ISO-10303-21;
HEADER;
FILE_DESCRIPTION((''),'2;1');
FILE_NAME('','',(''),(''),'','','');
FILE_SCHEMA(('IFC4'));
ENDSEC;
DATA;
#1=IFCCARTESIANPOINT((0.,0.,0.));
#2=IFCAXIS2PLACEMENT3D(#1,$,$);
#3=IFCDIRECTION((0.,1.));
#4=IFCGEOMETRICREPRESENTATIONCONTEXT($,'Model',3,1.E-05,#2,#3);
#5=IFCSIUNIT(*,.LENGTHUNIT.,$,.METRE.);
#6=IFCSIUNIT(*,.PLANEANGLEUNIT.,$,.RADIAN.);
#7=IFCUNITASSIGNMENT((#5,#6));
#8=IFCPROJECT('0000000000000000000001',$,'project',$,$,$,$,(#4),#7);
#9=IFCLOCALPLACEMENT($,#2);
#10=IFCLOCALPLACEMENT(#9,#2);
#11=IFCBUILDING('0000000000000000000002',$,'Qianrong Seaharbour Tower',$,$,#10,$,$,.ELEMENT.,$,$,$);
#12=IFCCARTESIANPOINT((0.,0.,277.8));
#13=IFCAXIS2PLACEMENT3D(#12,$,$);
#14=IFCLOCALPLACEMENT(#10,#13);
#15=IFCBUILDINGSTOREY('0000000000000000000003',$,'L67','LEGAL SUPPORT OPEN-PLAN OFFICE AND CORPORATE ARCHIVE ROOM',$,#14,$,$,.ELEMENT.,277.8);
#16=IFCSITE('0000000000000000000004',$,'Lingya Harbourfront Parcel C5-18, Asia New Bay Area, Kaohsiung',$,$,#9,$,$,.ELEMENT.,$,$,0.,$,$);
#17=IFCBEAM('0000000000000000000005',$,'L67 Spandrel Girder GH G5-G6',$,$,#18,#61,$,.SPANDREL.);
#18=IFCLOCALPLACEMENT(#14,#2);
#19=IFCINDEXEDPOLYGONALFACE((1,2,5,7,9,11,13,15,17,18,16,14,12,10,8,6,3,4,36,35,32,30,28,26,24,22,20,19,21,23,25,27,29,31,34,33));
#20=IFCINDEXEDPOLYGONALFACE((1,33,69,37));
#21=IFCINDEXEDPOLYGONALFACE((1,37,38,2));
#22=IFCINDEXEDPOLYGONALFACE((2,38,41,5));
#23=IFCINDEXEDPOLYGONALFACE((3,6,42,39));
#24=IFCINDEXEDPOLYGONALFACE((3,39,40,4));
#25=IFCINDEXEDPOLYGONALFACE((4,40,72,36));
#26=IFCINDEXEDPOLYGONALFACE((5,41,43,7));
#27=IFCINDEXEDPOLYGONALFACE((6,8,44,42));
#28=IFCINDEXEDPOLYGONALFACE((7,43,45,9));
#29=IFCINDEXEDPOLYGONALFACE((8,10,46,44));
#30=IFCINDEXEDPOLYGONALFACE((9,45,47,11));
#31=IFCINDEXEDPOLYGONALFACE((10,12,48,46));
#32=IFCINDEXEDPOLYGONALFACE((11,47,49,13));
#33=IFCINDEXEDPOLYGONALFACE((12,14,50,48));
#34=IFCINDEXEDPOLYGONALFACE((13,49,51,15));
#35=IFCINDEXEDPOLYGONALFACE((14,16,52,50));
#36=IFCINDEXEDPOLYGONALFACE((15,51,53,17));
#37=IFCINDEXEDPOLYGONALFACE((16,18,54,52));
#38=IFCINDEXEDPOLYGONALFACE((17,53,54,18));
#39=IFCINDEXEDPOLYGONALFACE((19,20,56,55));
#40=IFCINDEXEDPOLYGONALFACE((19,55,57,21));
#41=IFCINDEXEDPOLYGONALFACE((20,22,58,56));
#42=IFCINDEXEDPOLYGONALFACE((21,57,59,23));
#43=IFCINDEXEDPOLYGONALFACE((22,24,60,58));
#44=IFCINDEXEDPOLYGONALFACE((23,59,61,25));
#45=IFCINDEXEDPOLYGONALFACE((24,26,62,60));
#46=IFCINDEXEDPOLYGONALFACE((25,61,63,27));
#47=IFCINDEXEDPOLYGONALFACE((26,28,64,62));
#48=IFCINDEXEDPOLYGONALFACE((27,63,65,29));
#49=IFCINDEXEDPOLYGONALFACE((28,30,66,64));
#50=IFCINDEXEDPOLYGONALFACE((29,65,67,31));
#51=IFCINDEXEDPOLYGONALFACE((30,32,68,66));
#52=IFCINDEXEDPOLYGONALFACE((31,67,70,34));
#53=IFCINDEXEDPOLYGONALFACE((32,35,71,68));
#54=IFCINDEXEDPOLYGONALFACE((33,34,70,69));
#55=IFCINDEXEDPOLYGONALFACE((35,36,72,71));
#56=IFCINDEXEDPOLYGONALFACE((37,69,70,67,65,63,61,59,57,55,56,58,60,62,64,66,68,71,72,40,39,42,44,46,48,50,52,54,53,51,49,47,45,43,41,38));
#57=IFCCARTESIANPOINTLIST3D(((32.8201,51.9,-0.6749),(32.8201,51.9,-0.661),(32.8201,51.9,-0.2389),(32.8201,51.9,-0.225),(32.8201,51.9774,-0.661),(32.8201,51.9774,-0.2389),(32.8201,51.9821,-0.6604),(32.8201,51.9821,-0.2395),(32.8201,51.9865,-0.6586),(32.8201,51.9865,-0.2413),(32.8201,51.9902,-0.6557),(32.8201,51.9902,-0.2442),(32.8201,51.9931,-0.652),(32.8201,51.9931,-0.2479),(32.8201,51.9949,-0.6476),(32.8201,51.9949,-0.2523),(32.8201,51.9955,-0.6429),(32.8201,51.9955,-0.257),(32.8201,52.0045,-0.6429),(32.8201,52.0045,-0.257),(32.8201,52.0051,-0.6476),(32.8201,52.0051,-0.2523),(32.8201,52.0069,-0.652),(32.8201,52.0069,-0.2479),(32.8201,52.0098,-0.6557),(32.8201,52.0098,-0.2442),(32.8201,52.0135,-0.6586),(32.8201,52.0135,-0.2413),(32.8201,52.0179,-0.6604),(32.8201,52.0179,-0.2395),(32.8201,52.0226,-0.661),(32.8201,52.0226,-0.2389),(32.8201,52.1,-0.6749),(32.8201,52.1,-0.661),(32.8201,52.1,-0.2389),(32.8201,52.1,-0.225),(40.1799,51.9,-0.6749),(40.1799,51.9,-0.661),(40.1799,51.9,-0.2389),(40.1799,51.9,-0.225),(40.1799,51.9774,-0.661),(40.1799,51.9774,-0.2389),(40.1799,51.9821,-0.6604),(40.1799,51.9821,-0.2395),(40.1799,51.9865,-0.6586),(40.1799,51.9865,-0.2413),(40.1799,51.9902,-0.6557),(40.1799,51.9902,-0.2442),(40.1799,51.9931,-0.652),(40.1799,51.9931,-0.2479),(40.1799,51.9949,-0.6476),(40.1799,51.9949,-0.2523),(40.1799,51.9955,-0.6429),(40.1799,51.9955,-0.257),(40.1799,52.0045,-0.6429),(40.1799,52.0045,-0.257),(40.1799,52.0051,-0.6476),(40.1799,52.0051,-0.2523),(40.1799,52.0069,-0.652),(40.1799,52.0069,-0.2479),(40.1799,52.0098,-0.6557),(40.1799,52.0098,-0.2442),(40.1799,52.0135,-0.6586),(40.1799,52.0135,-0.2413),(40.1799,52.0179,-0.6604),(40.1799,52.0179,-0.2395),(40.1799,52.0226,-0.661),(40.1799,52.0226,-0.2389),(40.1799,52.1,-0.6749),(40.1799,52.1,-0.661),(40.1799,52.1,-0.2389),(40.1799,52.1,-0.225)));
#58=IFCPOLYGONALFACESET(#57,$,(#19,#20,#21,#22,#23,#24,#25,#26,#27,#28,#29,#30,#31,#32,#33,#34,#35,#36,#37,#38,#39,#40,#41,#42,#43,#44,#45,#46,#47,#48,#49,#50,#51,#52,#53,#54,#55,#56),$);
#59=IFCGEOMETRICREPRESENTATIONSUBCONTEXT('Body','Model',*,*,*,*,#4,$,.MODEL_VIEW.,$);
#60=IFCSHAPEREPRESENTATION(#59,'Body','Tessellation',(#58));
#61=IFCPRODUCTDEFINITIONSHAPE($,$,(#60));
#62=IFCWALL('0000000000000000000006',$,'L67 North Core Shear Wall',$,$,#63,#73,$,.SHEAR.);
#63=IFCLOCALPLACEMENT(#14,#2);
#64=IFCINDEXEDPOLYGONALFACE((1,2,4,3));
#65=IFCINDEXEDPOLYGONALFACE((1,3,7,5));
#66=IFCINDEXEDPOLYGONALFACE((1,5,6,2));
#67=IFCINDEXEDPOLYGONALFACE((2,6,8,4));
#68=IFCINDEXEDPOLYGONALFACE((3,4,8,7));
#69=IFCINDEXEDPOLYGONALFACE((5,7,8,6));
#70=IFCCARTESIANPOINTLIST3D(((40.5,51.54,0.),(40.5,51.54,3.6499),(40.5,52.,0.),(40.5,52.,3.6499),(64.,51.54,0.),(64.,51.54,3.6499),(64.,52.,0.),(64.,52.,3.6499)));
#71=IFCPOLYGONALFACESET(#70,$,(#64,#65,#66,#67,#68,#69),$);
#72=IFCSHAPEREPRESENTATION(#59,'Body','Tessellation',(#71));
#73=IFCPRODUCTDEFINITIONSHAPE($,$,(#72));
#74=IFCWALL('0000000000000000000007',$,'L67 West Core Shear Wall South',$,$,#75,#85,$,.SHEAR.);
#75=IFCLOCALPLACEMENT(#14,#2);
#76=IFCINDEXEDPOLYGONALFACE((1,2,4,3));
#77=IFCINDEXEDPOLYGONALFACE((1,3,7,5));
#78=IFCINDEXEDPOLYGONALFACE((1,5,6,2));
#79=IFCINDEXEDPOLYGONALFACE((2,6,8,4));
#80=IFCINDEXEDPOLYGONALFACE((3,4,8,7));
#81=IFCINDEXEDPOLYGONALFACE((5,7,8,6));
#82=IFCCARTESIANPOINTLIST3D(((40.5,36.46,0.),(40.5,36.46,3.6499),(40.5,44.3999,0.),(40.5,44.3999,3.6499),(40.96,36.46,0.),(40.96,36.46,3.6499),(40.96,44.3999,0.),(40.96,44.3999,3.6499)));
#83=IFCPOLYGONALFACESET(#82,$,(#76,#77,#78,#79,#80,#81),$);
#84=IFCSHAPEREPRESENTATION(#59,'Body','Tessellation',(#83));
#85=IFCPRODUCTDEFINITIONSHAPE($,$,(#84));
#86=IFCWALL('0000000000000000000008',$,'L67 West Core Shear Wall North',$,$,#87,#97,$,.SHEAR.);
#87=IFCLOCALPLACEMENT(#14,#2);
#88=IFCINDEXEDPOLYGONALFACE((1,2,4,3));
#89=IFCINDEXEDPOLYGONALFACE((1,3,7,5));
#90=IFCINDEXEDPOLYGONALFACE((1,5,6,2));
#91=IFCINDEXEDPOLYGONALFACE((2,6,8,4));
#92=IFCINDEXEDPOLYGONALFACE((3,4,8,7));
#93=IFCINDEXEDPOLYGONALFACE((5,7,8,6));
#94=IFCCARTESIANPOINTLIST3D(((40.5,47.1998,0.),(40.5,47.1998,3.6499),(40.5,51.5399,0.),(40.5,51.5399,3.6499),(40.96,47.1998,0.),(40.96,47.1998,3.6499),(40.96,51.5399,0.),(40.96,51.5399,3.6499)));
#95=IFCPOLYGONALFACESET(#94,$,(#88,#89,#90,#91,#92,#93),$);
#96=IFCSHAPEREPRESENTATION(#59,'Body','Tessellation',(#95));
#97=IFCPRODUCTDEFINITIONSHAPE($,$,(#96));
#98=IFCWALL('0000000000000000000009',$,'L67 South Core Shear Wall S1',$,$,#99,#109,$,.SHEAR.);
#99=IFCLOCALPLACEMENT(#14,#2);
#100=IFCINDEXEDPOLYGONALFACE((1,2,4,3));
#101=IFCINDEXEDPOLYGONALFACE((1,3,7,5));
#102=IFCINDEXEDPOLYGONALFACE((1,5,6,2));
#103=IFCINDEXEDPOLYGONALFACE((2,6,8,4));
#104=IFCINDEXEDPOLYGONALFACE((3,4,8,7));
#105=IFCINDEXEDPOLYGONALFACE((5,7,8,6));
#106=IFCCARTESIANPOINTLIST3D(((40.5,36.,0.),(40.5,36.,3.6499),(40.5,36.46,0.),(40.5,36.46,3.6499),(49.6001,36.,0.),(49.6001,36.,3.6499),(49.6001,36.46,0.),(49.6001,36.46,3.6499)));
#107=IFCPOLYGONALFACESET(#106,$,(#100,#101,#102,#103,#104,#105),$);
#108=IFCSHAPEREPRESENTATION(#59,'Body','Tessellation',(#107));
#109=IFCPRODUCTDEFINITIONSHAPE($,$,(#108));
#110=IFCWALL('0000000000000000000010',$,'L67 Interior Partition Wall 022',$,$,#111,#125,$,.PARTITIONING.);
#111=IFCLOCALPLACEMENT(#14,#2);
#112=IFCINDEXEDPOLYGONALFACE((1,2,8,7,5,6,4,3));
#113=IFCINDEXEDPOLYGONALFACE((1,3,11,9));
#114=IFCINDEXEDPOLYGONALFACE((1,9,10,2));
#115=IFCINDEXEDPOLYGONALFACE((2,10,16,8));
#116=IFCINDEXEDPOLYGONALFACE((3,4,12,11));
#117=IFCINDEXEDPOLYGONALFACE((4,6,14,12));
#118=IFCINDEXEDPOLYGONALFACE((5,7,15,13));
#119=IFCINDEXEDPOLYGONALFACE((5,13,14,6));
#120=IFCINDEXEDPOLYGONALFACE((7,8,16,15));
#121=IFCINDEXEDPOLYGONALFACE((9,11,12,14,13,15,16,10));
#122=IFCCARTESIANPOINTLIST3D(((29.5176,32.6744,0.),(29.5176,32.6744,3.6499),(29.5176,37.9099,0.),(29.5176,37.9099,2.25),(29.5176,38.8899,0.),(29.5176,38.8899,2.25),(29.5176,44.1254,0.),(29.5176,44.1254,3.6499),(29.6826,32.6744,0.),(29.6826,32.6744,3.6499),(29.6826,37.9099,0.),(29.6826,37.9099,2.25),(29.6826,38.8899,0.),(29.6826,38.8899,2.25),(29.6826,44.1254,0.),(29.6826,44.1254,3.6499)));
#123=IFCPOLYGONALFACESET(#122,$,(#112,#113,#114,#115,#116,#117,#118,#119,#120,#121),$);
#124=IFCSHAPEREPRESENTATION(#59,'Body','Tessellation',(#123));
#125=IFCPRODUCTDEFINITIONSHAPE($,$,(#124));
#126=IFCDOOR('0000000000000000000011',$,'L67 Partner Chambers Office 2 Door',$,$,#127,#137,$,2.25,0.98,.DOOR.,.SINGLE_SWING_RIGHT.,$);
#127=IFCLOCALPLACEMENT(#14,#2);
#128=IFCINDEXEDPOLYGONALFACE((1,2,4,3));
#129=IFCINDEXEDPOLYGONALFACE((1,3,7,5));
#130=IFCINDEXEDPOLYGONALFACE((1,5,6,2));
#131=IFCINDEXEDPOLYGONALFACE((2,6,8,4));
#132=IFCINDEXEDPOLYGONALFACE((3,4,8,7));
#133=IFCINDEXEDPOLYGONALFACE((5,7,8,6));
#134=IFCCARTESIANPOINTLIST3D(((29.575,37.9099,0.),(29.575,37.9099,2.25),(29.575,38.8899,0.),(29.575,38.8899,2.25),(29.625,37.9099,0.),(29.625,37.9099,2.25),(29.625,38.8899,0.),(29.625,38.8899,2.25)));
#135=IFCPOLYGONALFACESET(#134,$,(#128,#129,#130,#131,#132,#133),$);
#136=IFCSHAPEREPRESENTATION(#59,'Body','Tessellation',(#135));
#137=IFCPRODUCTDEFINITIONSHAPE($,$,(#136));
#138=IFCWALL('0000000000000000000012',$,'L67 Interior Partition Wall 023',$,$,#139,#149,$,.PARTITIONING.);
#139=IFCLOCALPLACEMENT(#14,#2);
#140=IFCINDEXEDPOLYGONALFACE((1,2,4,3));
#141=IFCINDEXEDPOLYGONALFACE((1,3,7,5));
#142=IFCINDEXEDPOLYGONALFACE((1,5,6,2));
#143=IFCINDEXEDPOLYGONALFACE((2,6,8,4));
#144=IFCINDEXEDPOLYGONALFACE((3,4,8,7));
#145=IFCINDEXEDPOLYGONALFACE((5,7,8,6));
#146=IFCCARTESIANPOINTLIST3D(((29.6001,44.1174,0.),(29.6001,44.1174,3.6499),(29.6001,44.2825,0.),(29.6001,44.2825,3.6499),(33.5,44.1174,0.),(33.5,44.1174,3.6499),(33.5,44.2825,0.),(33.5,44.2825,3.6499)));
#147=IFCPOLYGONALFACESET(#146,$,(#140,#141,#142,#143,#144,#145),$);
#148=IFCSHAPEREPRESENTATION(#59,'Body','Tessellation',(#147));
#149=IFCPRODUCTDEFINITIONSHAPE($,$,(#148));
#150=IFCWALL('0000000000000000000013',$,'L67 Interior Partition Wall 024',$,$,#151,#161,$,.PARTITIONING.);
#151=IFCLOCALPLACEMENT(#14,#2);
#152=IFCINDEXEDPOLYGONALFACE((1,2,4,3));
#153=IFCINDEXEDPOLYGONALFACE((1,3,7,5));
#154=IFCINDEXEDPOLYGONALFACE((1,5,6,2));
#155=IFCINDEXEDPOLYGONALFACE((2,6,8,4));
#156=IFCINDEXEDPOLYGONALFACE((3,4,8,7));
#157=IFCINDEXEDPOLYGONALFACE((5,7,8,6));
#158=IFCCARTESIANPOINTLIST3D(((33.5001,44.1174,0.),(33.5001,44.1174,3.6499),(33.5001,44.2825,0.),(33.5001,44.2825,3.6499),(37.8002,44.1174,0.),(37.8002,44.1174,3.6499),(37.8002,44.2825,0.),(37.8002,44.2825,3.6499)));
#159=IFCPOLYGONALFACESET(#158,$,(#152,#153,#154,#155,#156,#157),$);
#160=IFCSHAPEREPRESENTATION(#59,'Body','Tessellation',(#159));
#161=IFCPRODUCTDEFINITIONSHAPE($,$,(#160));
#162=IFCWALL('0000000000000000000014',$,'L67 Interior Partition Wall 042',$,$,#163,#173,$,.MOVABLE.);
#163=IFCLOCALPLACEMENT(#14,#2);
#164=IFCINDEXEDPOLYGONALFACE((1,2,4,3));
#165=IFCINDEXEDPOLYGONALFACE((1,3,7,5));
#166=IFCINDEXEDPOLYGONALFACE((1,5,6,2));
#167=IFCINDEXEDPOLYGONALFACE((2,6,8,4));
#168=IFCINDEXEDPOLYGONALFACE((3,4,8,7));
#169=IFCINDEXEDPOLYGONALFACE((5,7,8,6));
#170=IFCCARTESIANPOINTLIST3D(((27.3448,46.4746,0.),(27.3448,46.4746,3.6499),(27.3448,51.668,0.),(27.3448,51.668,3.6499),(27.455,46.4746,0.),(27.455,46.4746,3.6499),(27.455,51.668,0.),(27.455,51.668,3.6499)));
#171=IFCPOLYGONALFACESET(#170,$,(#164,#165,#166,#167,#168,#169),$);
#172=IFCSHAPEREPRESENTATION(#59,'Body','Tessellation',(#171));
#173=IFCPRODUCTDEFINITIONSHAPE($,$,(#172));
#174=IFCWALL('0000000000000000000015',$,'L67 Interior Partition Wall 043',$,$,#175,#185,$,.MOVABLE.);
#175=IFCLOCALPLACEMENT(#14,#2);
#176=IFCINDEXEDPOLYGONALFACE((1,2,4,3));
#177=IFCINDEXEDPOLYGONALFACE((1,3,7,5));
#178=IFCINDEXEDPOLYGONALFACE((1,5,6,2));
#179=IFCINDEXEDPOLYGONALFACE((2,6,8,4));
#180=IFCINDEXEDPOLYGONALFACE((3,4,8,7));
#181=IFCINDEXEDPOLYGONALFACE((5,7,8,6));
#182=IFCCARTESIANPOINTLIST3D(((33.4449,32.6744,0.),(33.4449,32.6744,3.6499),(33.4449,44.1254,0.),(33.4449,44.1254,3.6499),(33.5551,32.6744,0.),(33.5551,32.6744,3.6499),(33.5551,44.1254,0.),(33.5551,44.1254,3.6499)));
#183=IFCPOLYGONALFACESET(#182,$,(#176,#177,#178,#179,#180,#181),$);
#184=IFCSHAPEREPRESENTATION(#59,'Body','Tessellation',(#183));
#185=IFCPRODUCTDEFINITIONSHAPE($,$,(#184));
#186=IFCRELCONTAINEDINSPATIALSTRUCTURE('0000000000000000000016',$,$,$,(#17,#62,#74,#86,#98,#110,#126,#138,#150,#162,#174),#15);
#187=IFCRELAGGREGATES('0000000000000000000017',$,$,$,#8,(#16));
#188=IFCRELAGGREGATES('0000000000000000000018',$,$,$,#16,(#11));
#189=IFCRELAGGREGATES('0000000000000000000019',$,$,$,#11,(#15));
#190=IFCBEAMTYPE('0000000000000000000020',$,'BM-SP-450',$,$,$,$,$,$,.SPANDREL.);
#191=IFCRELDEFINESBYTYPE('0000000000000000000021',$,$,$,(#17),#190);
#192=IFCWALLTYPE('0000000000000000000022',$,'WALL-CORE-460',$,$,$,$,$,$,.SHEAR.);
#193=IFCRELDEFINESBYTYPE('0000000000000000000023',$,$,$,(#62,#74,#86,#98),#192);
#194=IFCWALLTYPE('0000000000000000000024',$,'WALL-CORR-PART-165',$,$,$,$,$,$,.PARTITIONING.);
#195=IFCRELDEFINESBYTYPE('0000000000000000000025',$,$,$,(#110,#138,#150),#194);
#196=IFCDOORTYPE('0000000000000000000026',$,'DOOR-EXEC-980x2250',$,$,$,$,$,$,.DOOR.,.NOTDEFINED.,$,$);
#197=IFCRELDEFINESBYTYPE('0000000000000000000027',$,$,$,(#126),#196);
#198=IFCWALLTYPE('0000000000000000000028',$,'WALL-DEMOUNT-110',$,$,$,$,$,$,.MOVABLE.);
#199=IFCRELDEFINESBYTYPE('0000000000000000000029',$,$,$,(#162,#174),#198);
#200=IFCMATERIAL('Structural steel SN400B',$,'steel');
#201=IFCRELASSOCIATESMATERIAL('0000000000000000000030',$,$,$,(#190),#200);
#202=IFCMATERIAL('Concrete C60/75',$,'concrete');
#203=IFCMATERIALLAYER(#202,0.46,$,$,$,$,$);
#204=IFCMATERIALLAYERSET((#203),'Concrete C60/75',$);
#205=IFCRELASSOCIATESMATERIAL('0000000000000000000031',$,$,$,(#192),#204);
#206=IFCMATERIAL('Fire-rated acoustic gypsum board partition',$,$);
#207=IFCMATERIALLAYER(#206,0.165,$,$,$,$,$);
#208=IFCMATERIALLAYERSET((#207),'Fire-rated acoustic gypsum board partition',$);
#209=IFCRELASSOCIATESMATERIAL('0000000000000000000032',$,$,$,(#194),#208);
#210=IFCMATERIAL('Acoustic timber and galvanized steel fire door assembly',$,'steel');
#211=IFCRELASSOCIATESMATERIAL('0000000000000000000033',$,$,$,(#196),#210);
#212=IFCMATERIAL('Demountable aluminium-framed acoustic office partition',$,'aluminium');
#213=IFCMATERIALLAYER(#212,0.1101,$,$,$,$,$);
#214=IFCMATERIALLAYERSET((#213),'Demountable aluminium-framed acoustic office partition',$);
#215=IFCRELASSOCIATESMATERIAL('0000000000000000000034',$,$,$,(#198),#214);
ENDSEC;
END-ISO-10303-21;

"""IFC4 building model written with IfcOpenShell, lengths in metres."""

from ifc_helpers import new_model, si_unit, direction, frame, frame_2d, origin, origin_2d, place, context, subcontext, project, spatial, rectangle, i_section, extrude, material, layer, layer_set, material_profile, profile_set, type_object, element, fill, save


model = new_model("IFC4")

# Units and contexts
model_context = context("Model", 3, precision=1e-05, world=origin(), true_north=direction((0.0, 1.0)))
body_context = subcontext(model_context, "Body", "Model", "MODEL_VIEW")
ifc_project = project(units=[si_unit("LENGTHUNIT", "METRE"), si_unit("PLANEANGLEUNIT", "RADIAN")], contexts=[model_context])

# Site, building, storey
site_placement = place(None, origin())
site = spatial("IfcSite", under=ifc_project, at=site_placement, Name="Lingya Harbourfront Parcel C5-18, Asia New Bay Area, Kaohsiung", CompositionType="ELEMENT", RefElevation=0.0)
building_placement = place(site_placement, origin())
building = spatial("IfcBuilding", under=site, at=building_placement, Name="Qianrong Seaharbour Tower", CompositionType="ELEMENT")
storey_placement = place(building_placement, frame((0.0, 0.0, 277.8)))
storey = spatial("IfcBuildingStorey", under=building, at=storey_placement, Name="L67", Description="LEGAL SUPPORT OPEN-PLAN OFFICE AND CORPORATE ARCHIVE ROOM", CompositionType="ELEMENT", Elevation=277.8)

# Beam
ifc_material_1 = material(Name="Concrete C60/75", Category="concrete")
ifc_material_2 = material(Name="Structural steel SN400B", Category="steel")
ifc_material_profile_1 = material_profile(ifc_material_2, i_section(OverallWidth=0.2, OverallDepth=0.45, WebThickness=0.009, FlangeThickness=0.0139, FilletRadius=0.0181, at=origin_2d()), Name="H450x200x9x14")
ifc_profile_set_1 = profile_set([ifc_material_profile_1], Name="Structural steel SN400B")
beam_type_1 = type_object("IfcBeamType", Name="BM-SP-450", PredefinedType="SPANDREL", material=ifc_profile_set_1)
beam_1_placement = place(storey_placement, frame((32.8201, 52.0, -0.45), z_axis=(1.0, 0.0, 0.0), x_axis=(0.0, 1.0, 0.0)))
element("IfcBeam", 1, at=beam_1_placement, inside=storey, type_object=beam_type_1, Name="L67 Spandrel Girder GH G5-G6", PredefinedType="SPANDREL", context=body_context, shape_type="SweptSolid", body=[
    extrude(i_section(OverallWidth=0.2, OverallDepth=0.45, WebThickness=0.009, FlangeThickness=0.0139, FilletRadius=0.0181, at=origin_2d()), origin(), (0.0, 0.0, 1.0), 7.3599),
])

# Walls
ifc_layer_1 = layer(ifc_material_1, 0.46)
ifc_layer_set_1 = layer_set([ifc_layer_1], Name="Concrete C60/75")
wall_type_1 = type_object("IfcWallType", Name="WALL-CORE-460", PredefinedType="SHEAR", material=ifc_layer_set_1)
wall_1_placement = place(storey_placement, frame((40.5, 51.77, 0.0), z_axis=(0.0, 0.0, 1.0), x_axis=(1.0, 0.0, 0.0)))
element("IfcWall", 2, at=wall_1_placement, inside=storey, type_object=wall_type_1, Name="L67 North Core Shear Wall", PredefinedType="SHEAR", context=body_context, shape_type="SweptSolid", body=[
    extrude(rectangle(XDim=23.5, YDim=0.46, at=frame_2d((11.75, 0.0))), origin(), (0.0, 0.0, 1.0), 3.6499),
])
wall_2_placement = place(storey_placement, frame((40.73, 36.46, 0.0), z_axis=(0.0, 0.0, 1.0), x_axis=(0.0, 1.0, 0.0)))
element("IfcWall", 3, at=wall_2_placement, inside=storey, type_object=wall_type_1, Name="L67 West Core Shear Wall South", PredefinedType="SHEAR", context=body_context, shape_type="SweptSolid", body=[
    extrude(rectangle(XDim=7.9399, YDim=0.46, at=frame_2d((3.97, 0.0))), origin(), (0.0, 0.0, 1.0), 3.6499),
])
wall_3_placement = place(storey_placement, frame((40.73, 47.2, 0.0), z_axis=(0.0, 0.0, 1.0), x_axis=(0.0, 1.0, 0.0)))
element("IfcWall", 4, at=wall_3_placement, inside=storey, type_object=wall_type_1, Name="L67 West Core Shear Wall North", PredefinedType="SHEAR", context=body_context, shape_type="SweptSolid", body=[
    extrude(rectangle(XDim=4.3401, YDim=0.46, at=frame_2d((2.1699, 0.0))), origin(), (0.0, 0.0, 1.0), 3.6499),
])
wall_4_placement = place(storey_placement, frame((40.5, 36.23, 0.0), z_axis=(0.0, 0.0, 1.0), x_axis=(1.0, 0.0, 0.0)))
element("IfcWall", 5, at=wall_4_placement, inside=storey, type_object=wall_type_1, Name="L67 South Core Shear Wall S1", PredefinedType="SHEAR", context=body_context, shape_type="SweptSolid", body=[
    extrude(rectangle(XDim=9.1001, YDim=0.46, at=frame_2d((4.55, 0.0))), origin(), (0.0, 0.0, 1.0), 3.6499),
])

# Wall, opening, door
ifc_material_3 = material(Name="Fire-rated acoustic gypsum board partition")
ifc_layer_2 = layer(ifc_material_3, 0.165)
ifc_layer_set_2 = layer_set([ifc_layer_2], Name="Fire-rated acoustic gypsum board partition")
wall_type_2 = type_object("IfcWallType", Name="WALL-CORR-PART-165", PredefinedType="PARTITIONING", material=ifc_layer_set_2)
ifc_material_4 = material(Name="Acoustic timber and galvanized steel fire door assembly", Category="steel")
wall_5_placement = place(storey_placement, frame((29.6001, 44.1255, 0.0), z_axis=(0.0, 0.0, 1.0), x_axis=(0.0, -1.0, 0.0)))
wall_5 = element("IfcWall", 6, at=wall_5_placement, inside=storey, type_object=wall_type_2, Name="L67 Interior Partition Wall 022", PredefinedType="PARTITIONING", context=body_context, shape_type="SweptSolid", body=[
    extrude(rectangle(XDim=11.4509, YDim=0.165, at=frame_2d((5.7256, 0.0))), origin(), (0.0, 0.0, 1.0), 3.6499),
])
opening_1_placement = place(wall_5_placement, frame((5.2356, 0.0, 0.0)))
opening_1 = element("IfcOpeningElement", 7, at=opening_1_placement, cuts=wall_5, PredefinedType="OPENING", context=body_context, shape_type="SweptSolid", body=[
    extrude(rectangle(XDim=0.98, YDim=2.25, at=frame_2d((0.49, 1.125))), frame((0.0, 0.0925, 0.0), z_axis=(0.0, -1.0, 0.0), x_axis=(1.0, 0.0, 0.0)), (0.0, 0.0, 1.0), 0.1851),
])
door_type_1 = type_object("IfcDoorType", Name="DOOR-EXEC-980x2250", OperationType="NOTDEFINED", PredefinedType="DOOR", material=ifc_material_4)
door_1_placement = place(opening_1_placement, origin())
door_1 = element("IfcDoor", 8, at=door_1_placement, inside=storey, type_object=door_type_1, Name="L67 Partner Chambers Office 2 Door", OperationType="SINGLE_SWING_RIGHT", OverallHeight=2.25, OverallWidth=0.98, PredefinedType="DOOR", context=body_context, shape_type="SweptSolid", body=[
    extrude(rectangle(XDim=0.98, YDim=2.25, at=frame_2d((0.49, 1.125))), frame((0.0, 0.0249, 0.0), z_axis=(0.0, -1.0, 0.0), x_axis=(1.0, 0.0, 0.0)), (0.0, 0.0, 1.0), 0.05),
])
fill(opening_1, door_1)

# Walls
wall_6_placement = place(storey_placement, frame((33.5, 44.2, 0.0), z_axis=(0.0, 0.0, 1.0), x_axis=(-1.0, 0.0, 0.0)))
element("IfcWall", 9, at=wall_6_placement, inside=storey, type_object=wall_type_2, Name="L67 Interior Partition Wall 023", PredefinedType="PARTITIONING", context=body_context, shape_type="SweptSolid", body=[
    extrude(rectangle(XDim=3.8999, YDim=0.165, at=frame_2d((1.95, 0.0))), origin(), (0.0, 0.0, 1.0), 3.6499),
])
wall_7_placement = place(storey_placement, frame((37.8, 44.2, 0.0), z_axis=(0.0, 0.0, 1.0), x_axis=(-1.0, 0.0, 0.0)))
element("IfcWall", 10, at=wall_7_placement, inside=storey, type_object=wall_type_2, Name="L67 Interior Partition Wall 024", PredefinedType="PARTITIONING", context=body_context, shape_type="SweptSolid", body=[
    extrude(rectangle(XDim=4.3, YDim=0.165, at=frame_2d((2.1499, 0.0))), origin(), (0.0, 0.0, 1.0), 3.6499),
])
ifc_material_5 = material(Name="Demountable aluminium-framed acoustic office partition", Category="aluminium")
ifc_layer_3 = layer(ifc_material_5, 0.1101)
ifc_layer_set_3 = layer_set([ifc_layer_3], Name="Demountable aluminium-framed acoustic office partition")
wall_type_3 = type_object("IfcWallType", Name="WALL-DEMOUNT-110", PredefinedType="MOVABLE", material=ifc_layer_set_3)
wall_8_placement = place(storey_placement, frame((27.3999, 51.668, 0.0), z_axis=(0.0, 0.0, 1.0), x_axis=(0.0, -1.0, 0.0)))
element("IfcWall", 11, at=wall_8_placement, inside=storey, type_object=wall_type_3, Name="L67 Interior Partition Wall 042", PredefinedType="MOVABLE", context=body_context, shape_type="SweptSolid", body=[
    extrude(rectangle(XDim=5.1934, YDim=0.1101, at=frame_2d((2.5967, 0.0))), origin(), (0.0, 0.0, 1.0), 3.6499),
])
wall_9_placement = place(storey_placement, frame((33.5, 44.1255, 0.0), z_axis=(0.0, 0.0, 1.0), x_axis=(0.0, -1.0, 0.0)))
element("IfcWall", 12, at=wall_9_placement, inside=storey, type_object=wall_type_3, Name="L67 Interior Partition Wall 043", PredefinedType="MOVABLE", context=body_context, shape_type="SweptSolid", body=[
    extrude(rectangle(XDim=11.4509, YDim=0.1101, at=frame_2d((5.7256, 0.0))), origin(), (0.0, 0.0, 1.0), 3.6499),
])

save(model, "model.ifc")
